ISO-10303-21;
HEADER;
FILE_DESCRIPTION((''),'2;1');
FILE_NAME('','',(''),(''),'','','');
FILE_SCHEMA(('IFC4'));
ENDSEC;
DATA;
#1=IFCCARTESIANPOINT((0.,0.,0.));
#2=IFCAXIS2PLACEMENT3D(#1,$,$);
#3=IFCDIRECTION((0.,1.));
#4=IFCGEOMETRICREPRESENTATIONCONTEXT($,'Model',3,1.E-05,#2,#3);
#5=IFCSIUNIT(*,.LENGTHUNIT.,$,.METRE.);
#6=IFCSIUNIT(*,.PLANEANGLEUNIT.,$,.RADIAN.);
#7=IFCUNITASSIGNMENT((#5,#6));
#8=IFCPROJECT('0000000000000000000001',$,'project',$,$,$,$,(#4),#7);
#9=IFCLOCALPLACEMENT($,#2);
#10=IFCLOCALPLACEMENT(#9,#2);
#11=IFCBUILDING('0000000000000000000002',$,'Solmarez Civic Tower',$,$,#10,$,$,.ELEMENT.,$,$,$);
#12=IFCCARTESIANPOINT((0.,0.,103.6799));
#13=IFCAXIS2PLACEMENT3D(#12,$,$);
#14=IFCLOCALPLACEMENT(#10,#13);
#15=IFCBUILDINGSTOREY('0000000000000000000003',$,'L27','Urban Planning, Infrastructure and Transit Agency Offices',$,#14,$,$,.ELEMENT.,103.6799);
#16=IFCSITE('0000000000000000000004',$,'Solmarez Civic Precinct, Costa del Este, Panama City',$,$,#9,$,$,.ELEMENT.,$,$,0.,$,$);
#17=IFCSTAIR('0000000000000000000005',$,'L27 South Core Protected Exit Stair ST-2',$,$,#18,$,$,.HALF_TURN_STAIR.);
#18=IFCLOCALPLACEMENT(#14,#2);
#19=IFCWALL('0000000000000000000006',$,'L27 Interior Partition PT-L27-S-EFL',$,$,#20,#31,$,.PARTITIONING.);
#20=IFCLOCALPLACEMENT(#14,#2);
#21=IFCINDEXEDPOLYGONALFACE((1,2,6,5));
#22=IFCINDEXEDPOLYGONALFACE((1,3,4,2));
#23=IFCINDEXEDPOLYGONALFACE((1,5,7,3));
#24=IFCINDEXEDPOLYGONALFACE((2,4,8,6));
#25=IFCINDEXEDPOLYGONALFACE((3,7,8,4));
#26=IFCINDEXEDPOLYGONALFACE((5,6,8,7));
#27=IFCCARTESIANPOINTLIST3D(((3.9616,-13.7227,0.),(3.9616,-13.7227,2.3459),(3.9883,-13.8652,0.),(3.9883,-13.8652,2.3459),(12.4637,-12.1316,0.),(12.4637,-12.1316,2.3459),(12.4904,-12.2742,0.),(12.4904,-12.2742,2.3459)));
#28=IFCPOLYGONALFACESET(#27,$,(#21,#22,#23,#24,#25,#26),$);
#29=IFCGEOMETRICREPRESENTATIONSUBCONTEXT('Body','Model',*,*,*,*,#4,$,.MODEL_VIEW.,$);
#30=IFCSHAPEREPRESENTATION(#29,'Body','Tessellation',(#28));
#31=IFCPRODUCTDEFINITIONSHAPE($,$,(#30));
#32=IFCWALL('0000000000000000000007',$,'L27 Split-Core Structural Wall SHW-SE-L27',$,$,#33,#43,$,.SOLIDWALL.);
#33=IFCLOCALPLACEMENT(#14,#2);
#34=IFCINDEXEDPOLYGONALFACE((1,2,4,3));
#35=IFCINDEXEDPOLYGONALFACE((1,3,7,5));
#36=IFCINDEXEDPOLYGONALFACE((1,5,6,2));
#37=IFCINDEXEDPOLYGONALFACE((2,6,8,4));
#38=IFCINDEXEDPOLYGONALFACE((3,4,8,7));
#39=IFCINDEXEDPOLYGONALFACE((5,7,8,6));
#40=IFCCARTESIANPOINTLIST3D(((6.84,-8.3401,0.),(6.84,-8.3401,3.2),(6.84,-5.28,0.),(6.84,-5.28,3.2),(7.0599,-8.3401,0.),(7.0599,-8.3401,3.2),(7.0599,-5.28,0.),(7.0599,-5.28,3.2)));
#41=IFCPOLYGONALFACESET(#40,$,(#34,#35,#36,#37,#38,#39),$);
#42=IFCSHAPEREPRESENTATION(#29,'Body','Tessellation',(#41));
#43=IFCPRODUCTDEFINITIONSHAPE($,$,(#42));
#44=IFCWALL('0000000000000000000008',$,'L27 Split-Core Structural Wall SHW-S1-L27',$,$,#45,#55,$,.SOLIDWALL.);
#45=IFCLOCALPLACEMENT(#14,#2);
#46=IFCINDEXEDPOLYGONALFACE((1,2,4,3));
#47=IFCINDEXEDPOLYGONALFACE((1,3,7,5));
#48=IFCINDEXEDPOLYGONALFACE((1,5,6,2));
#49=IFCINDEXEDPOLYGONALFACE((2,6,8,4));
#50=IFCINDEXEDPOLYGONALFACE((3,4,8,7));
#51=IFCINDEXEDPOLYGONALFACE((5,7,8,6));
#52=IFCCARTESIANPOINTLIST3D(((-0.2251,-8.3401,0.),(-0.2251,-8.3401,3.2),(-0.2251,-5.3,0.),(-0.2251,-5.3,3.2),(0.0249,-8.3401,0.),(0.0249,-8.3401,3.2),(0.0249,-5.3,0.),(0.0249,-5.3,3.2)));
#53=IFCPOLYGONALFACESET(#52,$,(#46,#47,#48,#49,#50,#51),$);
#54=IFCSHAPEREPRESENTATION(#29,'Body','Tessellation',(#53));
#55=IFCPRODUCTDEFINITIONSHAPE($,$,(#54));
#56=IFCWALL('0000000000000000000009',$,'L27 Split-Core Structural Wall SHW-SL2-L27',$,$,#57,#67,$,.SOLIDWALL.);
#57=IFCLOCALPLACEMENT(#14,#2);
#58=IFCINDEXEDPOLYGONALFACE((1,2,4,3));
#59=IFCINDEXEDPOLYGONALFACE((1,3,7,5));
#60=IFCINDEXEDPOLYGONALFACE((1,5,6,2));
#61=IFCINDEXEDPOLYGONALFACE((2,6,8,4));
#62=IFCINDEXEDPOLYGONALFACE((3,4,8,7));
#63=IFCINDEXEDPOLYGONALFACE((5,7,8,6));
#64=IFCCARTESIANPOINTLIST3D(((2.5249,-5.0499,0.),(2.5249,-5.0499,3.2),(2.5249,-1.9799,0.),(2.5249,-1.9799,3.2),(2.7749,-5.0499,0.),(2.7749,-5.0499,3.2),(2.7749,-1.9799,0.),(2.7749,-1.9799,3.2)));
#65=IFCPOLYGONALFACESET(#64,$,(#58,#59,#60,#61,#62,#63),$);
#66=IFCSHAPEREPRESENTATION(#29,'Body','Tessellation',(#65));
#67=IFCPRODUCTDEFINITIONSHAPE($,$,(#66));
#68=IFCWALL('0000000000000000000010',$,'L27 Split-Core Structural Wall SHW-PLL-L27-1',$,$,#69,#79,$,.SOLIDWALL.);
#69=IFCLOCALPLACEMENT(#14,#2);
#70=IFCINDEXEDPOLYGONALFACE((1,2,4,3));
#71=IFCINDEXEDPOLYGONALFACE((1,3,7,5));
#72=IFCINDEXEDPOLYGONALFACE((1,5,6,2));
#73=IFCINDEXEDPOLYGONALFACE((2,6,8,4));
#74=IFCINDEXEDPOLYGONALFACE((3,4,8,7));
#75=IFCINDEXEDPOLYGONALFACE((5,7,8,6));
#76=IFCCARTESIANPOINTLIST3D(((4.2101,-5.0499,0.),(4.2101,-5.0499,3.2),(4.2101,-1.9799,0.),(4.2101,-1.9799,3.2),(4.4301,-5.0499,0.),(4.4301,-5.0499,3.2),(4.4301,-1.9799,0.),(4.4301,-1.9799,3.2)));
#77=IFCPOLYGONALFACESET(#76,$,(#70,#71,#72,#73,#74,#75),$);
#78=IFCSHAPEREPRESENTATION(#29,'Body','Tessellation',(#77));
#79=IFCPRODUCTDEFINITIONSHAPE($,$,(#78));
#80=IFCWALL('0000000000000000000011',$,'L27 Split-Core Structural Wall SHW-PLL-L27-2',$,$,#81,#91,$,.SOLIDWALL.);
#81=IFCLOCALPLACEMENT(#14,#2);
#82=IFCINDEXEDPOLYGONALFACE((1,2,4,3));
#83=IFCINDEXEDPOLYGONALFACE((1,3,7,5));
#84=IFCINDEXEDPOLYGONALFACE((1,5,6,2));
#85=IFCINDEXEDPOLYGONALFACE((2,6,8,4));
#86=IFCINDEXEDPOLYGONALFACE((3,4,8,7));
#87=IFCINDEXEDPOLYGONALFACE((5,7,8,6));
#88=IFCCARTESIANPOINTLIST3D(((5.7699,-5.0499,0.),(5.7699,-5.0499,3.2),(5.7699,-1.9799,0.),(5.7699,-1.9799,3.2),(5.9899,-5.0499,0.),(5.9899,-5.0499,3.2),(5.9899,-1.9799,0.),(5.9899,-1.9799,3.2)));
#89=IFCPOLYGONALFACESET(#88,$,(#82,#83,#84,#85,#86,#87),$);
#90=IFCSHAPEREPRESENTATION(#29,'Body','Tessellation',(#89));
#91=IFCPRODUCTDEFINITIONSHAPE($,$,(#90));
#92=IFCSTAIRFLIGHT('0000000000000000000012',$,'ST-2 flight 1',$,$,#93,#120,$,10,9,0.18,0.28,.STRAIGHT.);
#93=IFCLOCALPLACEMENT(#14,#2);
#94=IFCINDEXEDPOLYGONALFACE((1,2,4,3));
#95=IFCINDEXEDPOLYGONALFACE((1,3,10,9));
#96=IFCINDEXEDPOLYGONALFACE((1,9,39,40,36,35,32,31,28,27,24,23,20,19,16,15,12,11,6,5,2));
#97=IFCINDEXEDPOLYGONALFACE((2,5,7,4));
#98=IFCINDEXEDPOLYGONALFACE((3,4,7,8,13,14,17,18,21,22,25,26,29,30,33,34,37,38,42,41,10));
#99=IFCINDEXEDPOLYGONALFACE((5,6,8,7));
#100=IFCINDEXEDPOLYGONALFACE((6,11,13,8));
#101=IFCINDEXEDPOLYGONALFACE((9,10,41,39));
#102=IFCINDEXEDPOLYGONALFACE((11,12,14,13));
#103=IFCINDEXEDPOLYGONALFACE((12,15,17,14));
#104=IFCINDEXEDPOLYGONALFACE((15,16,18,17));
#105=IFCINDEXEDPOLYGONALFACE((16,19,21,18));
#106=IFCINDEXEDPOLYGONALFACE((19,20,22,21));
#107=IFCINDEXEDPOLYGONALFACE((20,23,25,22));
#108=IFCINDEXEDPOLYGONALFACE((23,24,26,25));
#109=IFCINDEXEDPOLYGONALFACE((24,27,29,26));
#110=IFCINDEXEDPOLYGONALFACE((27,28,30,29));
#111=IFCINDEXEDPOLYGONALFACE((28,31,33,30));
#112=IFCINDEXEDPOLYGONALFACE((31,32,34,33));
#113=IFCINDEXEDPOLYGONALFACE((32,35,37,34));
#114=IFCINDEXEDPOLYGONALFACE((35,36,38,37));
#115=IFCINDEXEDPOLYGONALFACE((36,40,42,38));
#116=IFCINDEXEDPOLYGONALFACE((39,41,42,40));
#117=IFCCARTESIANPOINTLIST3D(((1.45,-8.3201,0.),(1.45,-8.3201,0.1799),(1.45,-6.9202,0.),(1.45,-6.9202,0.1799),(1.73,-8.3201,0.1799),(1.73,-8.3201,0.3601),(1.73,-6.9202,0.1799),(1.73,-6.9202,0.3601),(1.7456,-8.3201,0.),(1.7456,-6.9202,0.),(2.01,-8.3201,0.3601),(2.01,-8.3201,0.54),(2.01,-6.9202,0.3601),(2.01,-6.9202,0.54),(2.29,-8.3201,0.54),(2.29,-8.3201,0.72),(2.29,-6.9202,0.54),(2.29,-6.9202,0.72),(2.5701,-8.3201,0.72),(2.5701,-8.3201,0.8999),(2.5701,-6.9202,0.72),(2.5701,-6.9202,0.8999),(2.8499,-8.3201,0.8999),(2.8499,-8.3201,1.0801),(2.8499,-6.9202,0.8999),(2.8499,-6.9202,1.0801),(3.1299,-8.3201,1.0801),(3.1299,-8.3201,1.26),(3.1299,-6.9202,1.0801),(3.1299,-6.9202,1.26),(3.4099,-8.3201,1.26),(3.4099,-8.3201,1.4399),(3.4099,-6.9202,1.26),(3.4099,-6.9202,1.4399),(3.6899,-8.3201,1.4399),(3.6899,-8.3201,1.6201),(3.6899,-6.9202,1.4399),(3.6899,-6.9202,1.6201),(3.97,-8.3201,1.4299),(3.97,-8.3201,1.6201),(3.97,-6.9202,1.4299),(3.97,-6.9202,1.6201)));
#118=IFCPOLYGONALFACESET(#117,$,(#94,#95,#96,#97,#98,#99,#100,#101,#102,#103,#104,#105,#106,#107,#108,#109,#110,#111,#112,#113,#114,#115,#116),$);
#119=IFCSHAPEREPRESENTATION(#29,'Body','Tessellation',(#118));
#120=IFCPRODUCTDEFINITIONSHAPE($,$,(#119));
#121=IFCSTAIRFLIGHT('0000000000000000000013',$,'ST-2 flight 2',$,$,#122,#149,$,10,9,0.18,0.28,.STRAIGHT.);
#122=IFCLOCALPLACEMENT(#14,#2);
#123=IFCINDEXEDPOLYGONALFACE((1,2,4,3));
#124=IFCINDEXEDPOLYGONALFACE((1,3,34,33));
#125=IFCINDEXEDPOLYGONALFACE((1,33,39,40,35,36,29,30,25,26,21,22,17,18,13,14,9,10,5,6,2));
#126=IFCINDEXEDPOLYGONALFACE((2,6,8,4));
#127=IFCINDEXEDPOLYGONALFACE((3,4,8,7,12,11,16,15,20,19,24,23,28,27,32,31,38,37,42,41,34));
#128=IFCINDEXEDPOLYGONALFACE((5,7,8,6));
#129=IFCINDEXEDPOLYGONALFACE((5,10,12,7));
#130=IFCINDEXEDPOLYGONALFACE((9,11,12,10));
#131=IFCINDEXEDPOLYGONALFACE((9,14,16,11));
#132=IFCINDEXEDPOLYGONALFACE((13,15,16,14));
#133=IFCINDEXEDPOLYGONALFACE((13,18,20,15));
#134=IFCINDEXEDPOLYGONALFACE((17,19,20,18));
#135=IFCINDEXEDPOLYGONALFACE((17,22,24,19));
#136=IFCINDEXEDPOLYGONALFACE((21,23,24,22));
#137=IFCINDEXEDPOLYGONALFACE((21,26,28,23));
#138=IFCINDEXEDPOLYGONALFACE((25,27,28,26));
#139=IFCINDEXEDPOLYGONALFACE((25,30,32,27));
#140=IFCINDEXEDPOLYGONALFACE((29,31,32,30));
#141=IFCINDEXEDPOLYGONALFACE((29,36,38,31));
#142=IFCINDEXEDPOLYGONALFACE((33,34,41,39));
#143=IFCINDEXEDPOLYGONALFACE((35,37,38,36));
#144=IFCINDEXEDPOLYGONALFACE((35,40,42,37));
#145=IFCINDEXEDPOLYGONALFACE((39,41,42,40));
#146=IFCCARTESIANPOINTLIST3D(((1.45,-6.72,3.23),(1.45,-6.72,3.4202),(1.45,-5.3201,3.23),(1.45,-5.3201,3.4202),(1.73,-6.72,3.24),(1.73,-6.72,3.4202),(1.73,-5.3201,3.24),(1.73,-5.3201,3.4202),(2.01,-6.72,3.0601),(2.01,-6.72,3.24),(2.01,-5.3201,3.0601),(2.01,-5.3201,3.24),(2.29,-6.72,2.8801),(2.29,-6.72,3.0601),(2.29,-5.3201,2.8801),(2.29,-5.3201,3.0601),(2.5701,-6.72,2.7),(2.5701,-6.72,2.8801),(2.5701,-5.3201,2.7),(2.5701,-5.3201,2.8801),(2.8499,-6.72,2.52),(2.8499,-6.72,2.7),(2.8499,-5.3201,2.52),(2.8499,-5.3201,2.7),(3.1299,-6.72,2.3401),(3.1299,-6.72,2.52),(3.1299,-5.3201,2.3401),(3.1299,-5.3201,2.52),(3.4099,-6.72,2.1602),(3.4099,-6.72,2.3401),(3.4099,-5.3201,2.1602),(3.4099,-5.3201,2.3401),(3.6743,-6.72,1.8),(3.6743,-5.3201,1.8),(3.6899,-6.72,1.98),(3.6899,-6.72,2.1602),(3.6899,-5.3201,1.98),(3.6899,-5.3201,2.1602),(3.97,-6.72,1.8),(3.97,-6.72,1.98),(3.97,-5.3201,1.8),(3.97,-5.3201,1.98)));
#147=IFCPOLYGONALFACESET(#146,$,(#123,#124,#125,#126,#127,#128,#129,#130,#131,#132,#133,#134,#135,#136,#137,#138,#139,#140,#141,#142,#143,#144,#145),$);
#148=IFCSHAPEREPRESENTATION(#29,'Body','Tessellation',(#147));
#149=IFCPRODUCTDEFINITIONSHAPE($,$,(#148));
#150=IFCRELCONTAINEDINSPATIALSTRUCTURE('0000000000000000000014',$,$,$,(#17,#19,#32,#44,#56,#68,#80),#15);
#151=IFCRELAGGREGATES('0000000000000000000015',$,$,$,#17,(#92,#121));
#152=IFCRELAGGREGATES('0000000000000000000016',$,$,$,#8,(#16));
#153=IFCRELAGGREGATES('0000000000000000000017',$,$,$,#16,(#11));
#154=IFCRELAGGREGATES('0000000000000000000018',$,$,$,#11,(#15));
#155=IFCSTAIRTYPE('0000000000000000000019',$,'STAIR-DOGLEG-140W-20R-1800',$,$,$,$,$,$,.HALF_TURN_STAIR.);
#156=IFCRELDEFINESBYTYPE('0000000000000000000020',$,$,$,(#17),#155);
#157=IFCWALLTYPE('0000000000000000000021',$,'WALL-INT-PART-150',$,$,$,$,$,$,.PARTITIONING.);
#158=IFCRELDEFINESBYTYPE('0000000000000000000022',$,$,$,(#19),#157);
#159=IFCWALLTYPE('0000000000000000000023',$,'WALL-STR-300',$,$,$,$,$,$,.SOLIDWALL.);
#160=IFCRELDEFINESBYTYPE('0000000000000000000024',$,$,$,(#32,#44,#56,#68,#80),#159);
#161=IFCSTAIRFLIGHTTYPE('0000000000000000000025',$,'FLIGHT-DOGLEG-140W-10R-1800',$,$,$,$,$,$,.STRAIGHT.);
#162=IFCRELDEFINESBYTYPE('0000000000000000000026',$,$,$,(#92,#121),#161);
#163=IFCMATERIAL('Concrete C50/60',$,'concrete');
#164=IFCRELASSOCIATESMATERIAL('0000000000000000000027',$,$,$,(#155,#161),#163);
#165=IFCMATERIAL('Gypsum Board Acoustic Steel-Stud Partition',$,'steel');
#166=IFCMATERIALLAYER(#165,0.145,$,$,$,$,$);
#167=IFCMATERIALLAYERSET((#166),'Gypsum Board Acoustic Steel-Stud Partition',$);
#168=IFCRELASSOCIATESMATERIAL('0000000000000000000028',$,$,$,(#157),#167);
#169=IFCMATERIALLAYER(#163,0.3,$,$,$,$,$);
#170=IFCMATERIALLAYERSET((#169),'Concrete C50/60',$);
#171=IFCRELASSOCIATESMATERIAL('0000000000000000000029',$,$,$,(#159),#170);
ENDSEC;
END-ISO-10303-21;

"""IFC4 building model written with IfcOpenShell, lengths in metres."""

from ifc_helpers import new_model, si_unit, direction, frame, frame_2d, origin, place, context, subcontext, project, spatial, polyline, rectangle, outline, extrude, material, layer, layer_set, type_object, element, aggregate, save


model = new_model("IFC4")

# Units and contexts
model_context = context("Model", 3, precision=1e-05, world=origin(), true_north=direction((0.0, 1.0)))
body_context = subcontext(model_context, "Body", "Model", "MODEL_VIEW")
ifc_project = project(units=[si_unit("LENGTHUNIT", "METRE"), si_unit("PLANEANGLEUNIT", "RADIAN")], contexts=[model_context])

# Site, building, storey
site_placement = place(None, origin())
site = spatial("IfcSite", under=ifc_project, at=site_placement, Name="Solmarez Civic Precinct, Costa del Este, Panama City", CompositionType="ELEMENT", RefElevation=0.0)
building_placement = place(site_placement, origin())
building = spatial("IfcBuilding", under=site, at=building_placement, Name="Solmarez Civic Tower", CompositionType="ELEMENT")
storey_placement = place(building_placement, frame((0.0, 0.0, 103.6799)))
storey = spatial("IfcBuildingStorey", under=building, at=storey_placement, Name="L27", Description="Urban Planning, Infrastructure and Transit Agency Offices", CompositionType="ELEMENT", Elevation=103.6799)

# Shared definitions
ifc_material_1 = material(Name="Concrete C50/60", Category="concrete")

# Stair
stair_type = type_object("IfcStairType", Name="STAIR-DOGLEG-140W-20R-1800", PredefinedType="HALF_TURN_STAIR", material=ifc_material_1)
stair_1_placement = place(storey_placement, origin())
stair_1 = element("IfcStair", 1, at=stair_1_placement, inside=storey, type_object=stair_type, Name="L27 South Core Protected Exit Stair ST-2", PredefinedType="HALF_TURN_STAIR")

# Walls
ifc_material_2 = material(Name="Gypsum Board Acoustic Steel-Stud Partition", Category="steel")
ifc_layer_1 = layer(ifc_material_2, 0.145)
ifc_layer_set_1 = layer_set([ifc_layer_1], Name="Gypsum Board Acoustic Steel-Stud Partition")
wall_type_1 = type_object("IfcWallType", Name="WALL-INT-PART-150", PredefinedType="PARTITIONING", material=ifc_layer_set_1)
wall_1_placement = place(storey_placement, frame((3.9751, -13.7939, 0.0), z_axis=(0.0, 0.0, 1.0), x_axis=(0.982936, 0.183948, 0.0)))
element("IfcWall", 2, at=wall_1_placement, inside=storey, type_object=wall_type_1, Name="L27 Interior Partition PT-L27-S-EFL", PredefinedType="PARTITIONING", context=body_context, shape_type="SweptSolid", body=[
    extrude(rectangle(XDim=8.6497, YDim=0.145, at=frame_2d((4.3247, 0.0))), origin(), (0.0, 0.0, 1.0), 2.3459),
])
ifc_layer_2 = layer(ifc_material_1, 0.3)
ifc_layer_set_2 = layer_set([ifc_layer_2], Name="Concrete C50/60")
wall_type_2 = type_object("IfcWallType", Name="WALL-STR-300", PredefinedType="SOLIDWALL", material=ifc_layer_set_2)
wall_2_placement = place(storey_placement, frame((6.95, -8.3401, 0.0), z_axis=(0.0, 0.0, 1.0), x_axis=(0.0, 1.0, 0.0)))
element("IfcWall", 3, at=wall_2_placement, inside=storey, type_object=wall_type_2, Name="L27 Split-Core Structural Wall SHW-SE-L27", PredefinedType="SOLIDWALL", context=body_context, shape_type="SweptSolid", body=[
    extrude(rectangle(XDim=3.0601, YDim=0.22, at=frame_2d((1.53, 0.0))), origin(), (0.0, 0.0, 1.0), 3.2),
])
wall_3_placement = place(storey_placement, frame((-0.1001, -8.3401, 0.0), z_axis=(0.0, 0.0, 1.0), x_axis=(0.0, 1.0, 0.0)))
element("IfcWall", 4, at=wall_3_placement, inside=storey, type_object=wall_type_2, Name="L27 Split-Core Structural Wall SHW-S1-L27", PredefinedType="SOLIDWALL", context=body_context, shape_type="SweptSolid", body=[
    extrude(rectangle(XDim=3.04, YDim=0.25, at=frame_2d((1.52, 0.0))), origin(), (0.0, 0.0, 1.0), 3.2),
])
wall_4_placement = place(storey_placement, frame((2.6499, -5.05, 0.0), z_axis=(0.0, 0.0, 1.0), x_axis=(0.0, 1.0, 0.0)))
element("IfcWall", 5, at=wall_4_placement, inside=storey, type_object=wall_type_2, Name="L27 Split-Core Structural Wall SHW-SL2-L27", PredefinedType="SOLIDWALL", context=body_context, shape_type="SweptSolid", body=[
    extrude(rectangle(XDim=3.0701, YDim=0.25, at=frame_2d((1.5352, 0.0))), origin(), (0.0, 0.0, 1.0), 3.2),
])
for number, where, z_axis, x_axis, name in (
    (6, (4.3201, -5.05, 0.0), (0.0, 0.0, 1.0), (0.0, 1.0, 0.0), "L27 Split-Core Structural Wall SHW-PLL-L27-1"),
    (7, (5.8799, -5.05, 0.0), (0.0, 0.0, 1.0), (0.0, 1.0, 0.0), "L27 Split-Core Structural Wall SHW-PLL-L27-2"),
):
    element("IfcWall", number, at=place(storey_placement, frame(where, z_axis=z_axis, x_axis=x_axis)), inside=storey, type_object=wall_type_2, Name=name, PredefinedType="SOLIDWALL", context=body_context, shape_type="SweptSolid", body=[
        extrude(rectangle(XDim=3.0701, YDim=0.22, at=frame_2d((1.5352, 0.0))), origin(), (0.0, 0.0, 1.0), 3.2),
    ])

# Stair flights
stair_flight_type = type_object("IfcStairFlightType", Name="FLIGHT-DOGLEG-140W-10R-1800", PredefinedType="STRAIGHT", material=ifc_material_1)
stair_flight_1_placement = place(storey_placement, frame((1.45, -7.6201, 0.0), z_axis=(0.0, 0.0, 1.0), x_axis=(1.0, 0.0, 0.0)))
stair_flight_1 = element("IfcStairFlight", 8, at=stair_flight_1_placement, type_object=stair_flight_type, Name="ST-2 flight 1", NumberOfRisers=10, NumberOfTreads=9, PredefinedType="STRAIGHT", RiserHeight=0.18, TreadLength=0.28, context=body_context, shape_type="SweptSolid", body=[
    extrude(outline(polyline([(0.0, 0.0), (0.0, 0.1799), (0.28, 0.1799), (0.28, 0.3601), (0.5601, 0.3601), (0.5601, 0.54), (0.8401, 0.54), (0.8401, 0.72), (1.1201, 0.72), (1.1201, 0.8999), (1.3999, 0.8999), (1.3999, 1.0801), (1.6799, 1.0801), (1.6799, 1.26), (1.96, 1.26), (1.96, 1.4399), (2.24, 1.4399), (2.24, 1.6201), (2.52, 1.6201), (2.52, 1.8), (2.52, 1.4299), (0.2957, 0.0), (0.0, 0.0)])), frame((0.0, 0.7, 0.0), z_axis=(0.0, -1.0, 0.0), x_axis=(1.0, 0.0, 0.0)), (0.0, 0.0, 1.0), 1.3999),
])
stair_flight_2_placement = place(storey_placement, frame((3.97, -6.02, 1.8), z_axis=(0.0, 0.0, 1.0), x_axis=(-1.0, 0.0, 0.0)))
stair_flight_2 = element("IfcStairFlight", 9, at=stair_flight_2_placement, type_object=stair_flight_type, Name="ST-2 flight 2", NumberOfRisers=10, NumberOfTreads=9, PredefinedType="STRAIGHT", RiserHeight=0.18, TreadLength=0.28, context=body_context, shape_type="SweptSolid", body=[
    extrude(outline(polyline([(0.0, 0.0), (0.0, 0.1799), (0.28, 0.1799), (0.28, 0.3601), (0.5601, 0.3601), (0.5601, 0.54), (0.8401, 0.54), (0.8401, 0.72), (1.1201, 0.72), (1.1201, 0.8999), (1.3999, 0.8999), (1.3999, 1.0801), (1.6799, 1.0801), (1.6799, 1.26), (1.96, 1.26), (1.96, 1.4399), (2.24, 1.4399), (2.24, 1.6201), (2.52, 1.6201), (2.52, 1.8), (2.52, 1.4299), (0.2957, 0.0), (0.0, 0.0)])), frame((0.0, 0.7, 0.0), z_axis=(0.0, -1.0, 0.0), x_axis=(1.0, 0.0, 0.0)), (0.0, 0.0, 1.0), 1.3999),
])
aggregate(stair_1, [stair_flight_1, stair_flight_2])

save(model, "model.ifc")
